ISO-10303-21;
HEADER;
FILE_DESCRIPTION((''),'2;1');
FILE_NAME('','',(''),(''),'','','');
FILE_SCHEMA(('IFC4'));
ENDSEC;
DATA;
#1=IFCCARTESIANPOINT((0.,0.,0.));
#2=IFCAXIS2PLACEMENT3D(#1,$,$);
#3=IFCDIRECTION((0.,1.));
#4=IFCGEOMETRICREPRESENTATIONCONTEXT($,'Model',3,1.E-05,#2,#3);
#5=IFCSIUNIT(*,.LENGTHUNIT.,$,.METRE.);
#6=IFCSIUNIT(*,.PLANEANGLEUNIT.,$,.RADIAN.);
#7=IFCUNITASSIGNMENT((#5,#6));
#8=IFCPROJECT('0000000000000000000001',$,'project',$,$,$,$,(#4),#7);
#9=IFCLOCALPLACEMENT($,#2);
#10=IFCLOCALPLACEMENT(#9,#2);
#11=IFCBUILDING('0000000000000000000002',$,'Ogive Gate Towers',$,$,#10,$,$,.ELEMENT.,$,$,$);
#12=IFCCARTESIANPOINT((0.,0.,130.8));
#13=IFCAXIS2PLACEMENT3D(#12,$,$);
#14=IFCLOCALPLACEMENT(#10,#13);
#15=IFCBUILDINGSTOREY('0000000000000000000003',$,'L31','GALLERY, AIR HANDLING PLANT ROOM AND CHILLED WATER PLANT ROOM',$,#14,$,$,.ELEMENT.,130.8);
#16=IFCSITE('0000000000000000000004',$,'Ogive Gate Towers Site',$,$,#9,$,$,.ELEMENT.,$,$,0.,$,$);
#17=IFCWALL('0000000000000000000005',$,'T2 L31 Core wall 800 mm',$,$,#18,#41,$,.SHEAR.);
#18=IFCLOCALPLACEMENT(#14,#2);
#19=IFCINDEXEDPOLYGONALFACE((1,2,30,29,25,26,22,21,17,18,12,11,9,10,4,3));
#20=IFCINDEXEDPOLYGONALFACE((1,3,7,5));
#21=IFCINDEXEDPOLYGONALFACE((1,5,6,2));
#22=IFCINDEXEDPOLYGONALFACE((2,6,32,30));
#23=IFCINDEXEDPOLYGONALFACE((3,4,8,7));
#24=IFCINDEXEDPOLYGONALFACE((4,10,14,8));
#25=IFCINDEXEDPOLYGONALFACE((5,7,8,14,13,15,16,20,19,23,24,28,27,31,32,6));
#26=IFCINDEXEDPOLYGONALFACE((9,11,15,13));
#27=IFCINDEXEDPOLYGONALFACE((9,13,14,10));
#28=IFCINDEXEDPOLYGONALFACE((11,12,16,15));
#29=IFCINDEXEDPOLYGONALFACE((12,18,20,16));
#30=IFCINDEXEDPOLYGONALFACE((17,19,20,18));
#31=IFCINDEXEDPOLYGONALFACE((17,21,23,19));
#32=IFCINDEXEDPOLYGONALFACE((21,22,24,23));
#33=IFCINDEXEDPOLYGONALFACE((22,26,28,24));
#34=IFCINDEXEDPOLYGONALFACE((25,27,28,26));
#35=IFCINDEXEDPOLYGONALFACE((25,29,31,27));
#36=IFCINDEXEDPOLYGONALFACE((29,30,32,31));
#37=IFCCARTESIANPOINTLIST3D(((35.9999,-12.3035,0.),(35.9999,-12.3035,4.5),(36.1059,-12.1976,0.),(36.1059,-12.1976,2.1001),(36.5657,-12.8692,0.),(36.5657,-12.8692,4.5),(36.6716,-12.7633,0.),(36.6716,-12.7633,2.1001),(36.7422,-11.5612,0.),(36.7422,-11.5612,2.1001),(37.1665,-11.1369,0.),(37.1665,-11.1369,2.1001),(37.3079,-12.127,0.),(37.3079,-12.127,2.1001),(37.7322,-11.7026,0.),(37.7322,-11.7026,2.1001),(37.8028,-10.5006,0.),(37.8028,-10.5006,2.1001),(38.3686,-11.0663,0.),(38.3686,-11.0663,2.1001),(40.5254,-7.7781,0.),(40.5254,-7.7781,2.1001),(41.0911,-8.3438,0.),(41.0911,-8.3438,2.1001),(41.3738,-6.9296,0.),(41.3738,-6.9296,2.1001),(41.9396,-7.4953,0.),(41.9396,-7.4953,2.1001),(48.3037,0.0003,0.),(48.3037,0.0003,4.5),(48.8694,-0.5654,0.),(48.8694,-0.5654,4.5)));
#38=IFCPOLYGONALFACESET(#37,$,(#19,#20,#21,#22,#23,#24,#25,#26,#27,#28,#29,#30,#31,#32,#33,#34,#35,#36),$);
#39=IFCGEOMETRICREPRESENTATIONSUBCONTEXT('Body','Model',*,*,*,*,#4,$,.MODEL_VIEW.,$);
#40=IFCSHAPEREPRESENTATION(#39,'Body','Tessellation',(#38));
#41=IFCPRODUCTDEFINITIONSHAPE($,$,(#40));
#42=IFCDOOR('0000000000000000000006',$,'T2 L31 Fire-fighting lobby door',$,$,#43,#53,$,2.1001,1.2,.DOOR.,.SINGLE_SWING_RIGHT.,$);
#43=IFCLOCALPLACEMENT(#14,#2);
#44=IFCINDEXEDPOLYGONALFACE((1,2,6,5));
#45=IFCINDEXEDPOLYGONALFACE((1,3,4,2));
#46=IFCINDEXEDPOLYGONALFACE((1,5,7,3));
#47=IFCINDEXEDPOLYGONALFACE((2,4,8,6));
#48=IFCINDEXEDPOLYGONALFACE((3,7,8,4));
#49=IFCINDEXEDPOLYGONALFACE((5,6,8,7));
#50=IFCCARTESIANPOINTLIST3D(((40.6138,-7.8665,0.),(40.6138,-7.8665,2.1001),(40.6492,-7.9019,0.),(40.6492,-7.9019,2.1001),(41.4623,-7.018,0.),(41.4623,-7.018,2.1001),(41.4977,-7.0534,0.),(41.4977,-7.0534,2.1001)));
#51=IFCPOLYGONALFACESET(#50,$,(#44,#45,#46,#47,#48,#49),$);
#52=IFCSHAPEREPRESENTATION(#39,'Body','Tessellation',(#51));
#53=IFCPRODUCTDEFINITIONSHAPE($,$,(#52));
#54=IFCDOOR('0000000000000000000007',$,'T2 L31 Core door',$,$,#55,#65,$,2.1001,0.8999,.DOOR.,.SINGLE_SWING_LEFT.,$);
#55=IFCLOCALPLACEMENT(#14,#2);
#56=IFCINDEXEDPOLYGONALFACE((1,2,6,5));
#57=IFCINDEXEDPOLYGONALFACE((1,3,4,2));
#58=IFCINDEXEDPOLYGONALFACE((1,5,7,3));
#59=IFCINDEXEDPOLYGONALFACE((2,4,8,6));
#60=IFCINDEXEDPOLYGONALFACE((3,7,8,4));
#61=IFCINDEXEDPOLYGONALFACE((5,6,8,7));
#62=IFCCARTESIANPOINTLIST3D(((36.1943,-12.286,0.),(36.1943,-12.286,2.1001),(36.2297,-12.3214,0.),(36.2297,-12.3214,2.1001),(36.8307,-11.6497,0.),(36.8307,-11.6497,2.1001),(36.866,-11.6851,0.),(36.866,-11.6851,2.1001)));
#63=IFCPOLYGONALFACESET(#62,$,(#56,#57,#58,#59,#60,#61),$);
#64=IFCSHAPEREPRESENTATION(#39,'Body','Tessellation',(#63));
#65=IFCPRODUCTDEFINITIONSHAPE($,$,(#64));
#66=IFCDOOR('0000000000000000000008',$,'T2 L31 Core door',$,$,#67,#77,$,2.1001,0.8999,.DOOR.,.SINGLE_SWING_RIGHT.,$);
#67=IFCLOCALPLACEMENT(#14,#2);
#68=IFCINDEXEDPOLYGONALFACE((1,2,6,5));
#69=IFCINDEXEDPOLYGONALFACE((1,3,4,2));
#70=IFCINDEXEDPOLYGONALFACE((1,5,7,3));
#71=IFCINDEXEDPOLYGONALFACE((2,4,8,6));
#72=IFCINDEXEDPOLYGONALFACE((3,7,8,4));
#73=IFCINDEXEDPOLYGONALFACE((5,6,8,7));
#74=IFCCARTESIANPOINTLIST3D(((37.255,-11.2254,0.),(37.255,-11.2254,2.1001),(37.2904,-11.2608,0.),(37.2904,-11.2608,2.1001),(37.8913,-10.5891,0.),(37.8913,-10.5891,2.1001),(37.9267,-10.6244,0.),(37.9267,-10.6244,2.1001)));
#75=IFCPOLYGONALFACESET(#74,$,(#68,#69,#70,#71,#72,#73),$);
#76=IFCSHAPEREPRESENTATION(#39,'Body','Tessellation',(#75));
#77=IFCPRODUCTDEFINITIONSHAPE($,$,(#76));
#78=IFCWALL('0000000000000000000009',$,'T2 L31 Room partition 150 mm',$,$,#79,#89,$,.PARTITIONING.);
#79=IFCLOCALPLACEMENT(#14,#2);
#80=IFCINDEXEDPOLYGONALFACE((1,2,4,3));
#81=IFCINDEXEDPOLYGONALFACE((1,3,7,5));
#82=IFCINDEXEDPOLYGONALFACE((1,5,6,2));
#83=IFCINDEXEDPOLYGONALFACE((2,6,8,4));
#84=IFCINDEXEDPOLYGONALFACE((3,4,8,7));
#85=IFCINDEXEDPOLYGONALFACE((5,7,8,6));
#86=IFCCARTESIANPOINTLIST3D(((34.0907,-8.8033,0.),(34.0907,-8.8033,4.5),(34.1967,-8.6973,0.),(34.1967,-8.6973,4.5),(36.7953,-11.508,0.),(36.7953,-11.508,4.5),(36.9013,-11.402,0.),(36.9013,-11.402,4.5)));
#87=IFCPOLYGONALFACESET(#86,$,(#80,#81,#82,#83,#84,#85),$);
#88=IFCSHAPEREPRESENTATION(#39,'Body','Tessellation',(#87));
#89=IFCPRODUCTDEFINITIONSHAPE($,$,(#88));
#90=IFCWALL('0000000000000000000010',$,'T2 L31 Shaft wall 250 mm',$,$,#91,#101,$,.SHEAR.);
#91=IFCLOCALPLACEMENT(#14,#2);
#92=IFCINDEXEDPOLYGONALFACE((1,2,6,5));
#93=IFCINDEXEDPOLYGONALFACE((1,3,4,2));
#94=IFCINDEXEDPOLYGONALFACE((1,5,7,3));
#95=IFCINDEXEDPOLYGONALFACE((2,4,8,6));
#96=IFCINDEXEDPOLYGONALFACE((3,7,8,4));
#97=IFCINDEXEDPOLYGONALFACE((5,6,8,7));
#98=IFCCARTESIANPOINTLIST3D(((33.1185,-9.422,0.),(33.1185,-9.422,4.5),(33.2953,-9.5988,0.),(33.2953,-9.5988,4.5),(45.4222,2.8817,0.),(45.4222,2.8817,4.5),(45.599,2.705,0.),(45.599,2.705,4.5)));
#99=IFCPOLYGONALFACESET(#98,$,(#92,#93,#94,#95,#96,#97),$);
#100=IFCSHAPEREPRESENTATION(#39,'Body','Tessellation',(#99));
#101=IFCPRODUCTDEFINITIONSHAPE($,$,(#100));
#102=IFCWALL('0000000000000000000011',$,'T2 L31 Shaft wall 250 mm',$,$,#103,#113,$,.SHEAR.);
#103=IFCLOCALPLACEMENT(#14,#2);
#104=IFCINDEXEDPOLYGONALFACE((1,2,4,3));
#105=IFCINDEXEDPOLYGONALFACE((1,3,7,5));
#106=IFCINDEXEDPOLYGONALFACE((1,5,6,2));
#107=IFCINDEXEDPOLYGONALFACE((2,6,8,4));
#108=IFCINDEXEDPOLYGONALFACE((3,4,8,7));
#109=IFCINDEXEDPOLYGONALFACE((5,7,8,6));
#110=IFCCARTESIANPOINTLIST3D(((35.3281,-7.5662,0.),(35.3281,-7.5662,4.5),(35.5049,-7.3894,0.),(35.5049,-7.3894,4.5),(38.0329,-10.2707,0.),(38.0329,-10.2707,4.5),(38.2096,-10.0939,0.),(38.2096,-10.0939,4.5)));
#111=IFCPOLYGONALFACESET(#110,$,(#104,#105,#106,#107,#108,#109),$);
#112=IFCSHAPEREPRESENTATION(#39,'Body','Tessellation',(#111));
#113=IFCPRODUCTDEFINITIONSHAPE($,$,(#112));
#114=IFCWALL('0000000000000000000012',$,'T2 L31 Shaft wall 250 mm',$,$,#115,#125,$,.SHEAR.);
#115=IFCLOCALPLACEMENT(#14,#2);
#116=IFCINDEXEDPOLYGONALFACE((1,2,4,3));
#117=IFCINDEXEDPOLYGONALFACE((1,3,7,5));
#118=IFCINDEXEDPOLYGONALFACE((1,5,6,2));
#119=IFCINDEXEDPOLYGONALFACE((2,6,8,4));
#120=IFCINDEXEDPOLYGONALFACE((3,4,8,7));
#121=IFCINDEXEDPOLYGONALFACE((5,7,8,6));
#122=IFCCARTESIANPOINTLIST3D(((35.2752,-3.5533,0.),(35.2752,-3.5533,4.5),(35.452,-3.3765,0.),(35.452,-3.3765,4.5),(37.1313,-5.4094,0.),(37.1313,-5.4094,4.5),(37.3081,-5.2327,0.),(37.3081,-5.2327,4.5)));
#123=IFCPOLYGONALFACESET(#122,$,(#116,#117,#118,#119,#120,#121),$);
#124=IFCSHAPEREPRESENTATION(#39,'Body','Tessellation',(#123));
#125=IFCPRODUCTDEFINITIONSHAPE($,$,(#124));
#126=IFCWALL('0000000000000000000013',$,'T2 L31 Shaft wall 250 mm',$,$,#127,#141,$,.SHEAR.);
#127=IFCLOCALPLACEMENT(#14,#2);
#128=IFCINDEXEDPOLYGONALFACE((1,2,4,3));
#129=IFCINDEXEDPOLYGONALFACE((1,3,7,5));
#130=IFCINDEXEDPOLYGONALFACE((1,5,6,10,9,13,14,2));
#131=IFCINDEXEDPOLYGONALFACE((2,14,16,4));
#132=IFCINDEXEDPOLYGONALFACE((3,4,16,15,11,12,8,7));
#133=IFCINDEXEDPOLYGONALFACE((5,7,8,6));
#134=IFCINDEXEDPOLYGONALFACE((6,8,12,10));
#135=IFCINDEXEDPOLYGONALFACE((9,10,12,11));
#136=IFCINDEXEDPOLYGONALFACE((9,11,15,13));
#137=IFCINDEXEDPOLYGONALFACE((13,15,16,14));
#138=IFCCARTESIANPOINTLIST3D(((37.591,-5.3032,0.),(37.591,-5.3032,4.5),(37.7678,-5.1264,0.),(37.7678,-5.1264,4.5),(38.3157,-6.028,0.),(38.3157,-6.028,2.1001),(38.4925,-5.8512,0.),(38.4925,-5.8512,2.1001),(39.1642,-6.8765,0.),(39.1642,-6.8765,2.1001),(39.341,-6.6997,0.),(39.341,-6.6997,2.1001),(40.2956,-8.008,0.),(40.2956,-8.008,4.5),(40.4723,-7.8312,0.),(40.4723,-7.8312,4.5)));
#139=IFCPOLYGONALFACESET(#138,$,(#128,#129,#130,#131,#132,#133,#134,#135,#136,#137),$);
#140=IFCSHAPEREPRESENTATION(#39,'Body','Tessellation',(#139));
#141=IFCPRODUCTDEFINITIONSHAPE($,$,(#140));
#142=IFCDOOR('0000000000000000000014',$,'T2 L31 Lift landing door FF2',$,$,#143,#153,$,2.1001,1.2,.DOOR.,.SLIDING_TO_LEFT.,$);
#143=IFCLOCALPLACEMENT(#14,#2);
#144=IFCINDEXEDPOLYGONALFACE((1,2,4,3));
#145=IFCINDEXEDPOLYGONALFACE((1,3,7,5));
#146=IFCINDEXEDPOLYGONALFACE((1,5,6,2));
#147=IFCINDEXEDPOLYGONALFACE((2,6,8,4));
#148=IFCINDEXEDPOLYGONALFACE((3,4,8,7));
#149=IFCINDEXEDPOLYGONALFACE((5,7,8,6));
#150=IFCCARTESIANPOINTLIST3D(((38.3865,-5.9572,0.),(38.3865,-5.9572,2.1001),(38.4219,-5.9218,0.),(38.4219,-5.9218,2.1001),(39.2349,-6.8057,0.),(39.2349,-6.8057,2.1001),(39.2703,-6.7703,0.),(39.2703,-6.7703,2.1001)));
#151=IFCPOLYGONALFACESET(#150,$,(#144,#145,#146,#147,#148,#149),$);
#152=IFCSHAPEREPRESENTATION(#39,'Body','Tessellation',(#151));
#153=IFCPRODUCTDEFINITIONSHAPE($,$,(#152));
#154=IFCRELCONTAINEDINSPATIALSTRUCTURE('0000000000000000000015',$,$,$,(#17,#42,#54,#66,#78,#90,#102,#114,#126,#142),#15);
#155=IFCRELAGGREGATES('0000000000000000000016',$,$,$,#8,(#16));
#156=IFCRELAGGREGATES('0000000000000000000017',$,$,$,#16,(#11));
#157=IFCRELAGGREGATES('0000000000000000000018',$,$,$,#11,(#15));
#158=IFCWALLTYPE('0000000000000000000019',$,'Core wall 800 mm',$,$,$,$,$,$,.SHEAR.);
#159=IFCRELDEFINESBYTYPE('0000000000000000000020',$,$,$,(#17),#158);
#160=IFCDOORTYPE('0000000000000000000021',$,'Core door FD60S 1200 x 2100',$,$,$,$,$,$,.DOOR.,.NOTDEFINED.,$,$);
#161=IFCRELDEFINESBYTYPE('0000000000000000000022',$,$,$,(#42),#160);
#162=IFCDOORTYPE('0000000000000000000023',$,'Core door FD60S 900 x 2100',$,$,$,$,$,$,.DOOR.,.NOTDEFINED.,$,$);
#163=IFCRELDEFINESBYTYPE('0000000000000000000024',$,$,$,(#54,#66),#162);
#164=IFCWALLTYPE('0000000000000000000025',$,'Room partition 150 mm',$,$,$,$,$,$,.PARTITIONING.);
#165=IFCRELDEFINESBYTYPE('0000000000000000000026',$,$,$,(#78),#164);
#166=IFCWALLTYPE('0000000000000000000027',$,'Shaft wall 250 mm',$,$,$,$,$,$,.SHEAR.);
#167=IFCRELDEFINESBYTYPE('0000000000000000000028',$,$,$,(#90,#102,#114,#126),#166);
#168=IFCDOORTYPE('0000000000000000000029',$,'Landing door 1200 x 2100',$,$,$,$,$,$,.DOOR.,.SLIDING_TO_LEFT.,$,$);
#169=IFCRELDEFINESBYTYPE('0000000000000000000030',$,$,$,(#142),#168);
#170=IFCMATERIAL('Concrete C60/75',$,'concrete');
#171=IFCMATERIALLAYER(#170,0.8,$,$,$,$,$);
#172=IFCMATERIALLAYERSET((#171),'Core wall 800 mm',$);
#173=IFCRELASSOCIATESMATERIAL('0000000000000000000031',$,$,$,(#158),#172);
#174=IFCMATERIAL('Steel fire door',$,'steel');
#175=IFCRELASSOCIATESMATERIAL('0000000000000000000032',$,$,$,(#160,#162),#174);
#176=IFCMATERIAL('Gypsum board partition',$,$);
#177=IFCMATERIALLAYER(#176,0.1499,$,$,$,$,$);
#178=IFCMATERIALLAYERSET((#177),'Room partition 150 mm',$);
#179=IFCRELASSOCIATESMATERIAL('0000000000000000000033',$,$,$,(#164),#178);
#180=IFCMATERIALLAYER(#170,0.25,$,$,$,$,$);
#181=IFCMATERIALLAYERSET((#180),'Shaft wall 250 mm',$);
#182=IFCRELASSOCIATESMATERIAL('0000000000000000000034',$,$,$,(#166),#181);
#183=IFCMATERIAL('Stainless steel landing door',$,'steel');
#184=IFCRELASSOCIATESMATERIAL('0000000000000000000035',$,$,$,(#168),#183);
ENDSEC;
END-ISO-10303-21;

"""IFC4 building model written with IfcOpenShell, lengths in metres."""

from ifc_helpers import new_model, si_unit, direction, frame, frame_2d, origin, place, context, subcontext, project, spatial, rectangle, extrude, material, layer, layer_set, type_object, element, fill, save


model = new_model("IFC4")

# Units and contexts
model_context = context("Model", 3, precision=1e-05, world=origin(), true_north=direction((0.0, 1.0)))
body_context = subcontext(model_context, "Body", "Model", "MODEL_VIEW")
ifc_project = project(units=[si_unit("LENGTHUNIT", "METRE"), si_unit("PLANEANGLEUNIT", "RADIAN")], contexts=[model_context])

# Site, building, storey
site_placement = place(None, origin())
site = spatial("IfcSite", under=ifc_project, at=site_placement, Name="Ogive Gate Towers Site", CompositionType="ELEMENT", RefElevation=0.0)
building_placement = place(site_placement, origin())
building = spatial("IfcBuilding", under=site, at=building_placement, Name="Ogive Gate Towers", CompositionType="ELEMENT")
storey_placement = place(building_placement, frame((0.0, 0.0, 130.8)))
storey = spatial("IfcBuildingStorey", under=building, at=storey_placement, Name="L31", Description="GALLERY, AIR HANDLING PLANT ROOM AND CHILLED WATER PLANT ROOM", CompositionType="ELEMENT", Elevation=130.8)

# Wall, openings, doors
ifc_material_1 = material(Name="Concrete C60/75", Category="concrete")
ifc_layer_1 = layer(ifc_material_1, 0.8)
ifc_layer_set_1 = layer_set([ifc_layer_1], Name="Core wall 800 mm")
wall_type_1 = type_object("IfcWallType", Name="Core wall 800 mm", PredefinedType="SHEAR", material=ifc_layer_set_1)
wall_1_placement = place(storey_placement, frame((36.2827, -12.5864, 0.0), z_axis=(0.0, 0.0, 1.0), x_axis=(0.707107, 0.707107, 0.0)))
wall_1 = element("IfcWall", 1, at=wall_1_placement, inside=storey, type_object=wall_type_1, Name="T2 L31 Core wall 800 mm", PredefinedType="SHEAR", context=body_context, shape_type="SweptSolid", body=[
    extrude(rectangle(XDim=17.4001, YDim=0.8, at=frame_2d((8.7002, 0.0))), origin(), (0.0, 0.0, 1.0), 4.5),
])
opening_1_placement = place(wall_1_placement, frame((6.3999, 0.0, 0.0)))
opening_1 = element("IfcOpeningElement", 2, at=opening_1_placement, cuts=wall_1, PredefinedType="OPENING", context=body_context, shape_type="SweptSolid", body=[
    extrude(rectangle(XDim=1.2, YDim=2.1001, at=frame_2d((0.6001, 1.05))), frame((0.0, 0.4102, 0.0), z_axis=(0.0, -1.0, 0.0), x_axis=(1.0, 0.0, 0.0)), (0.0, 0.0, 1.0), 0.8201),
])
opening_2_placement = place(wall_1_placement, frame((0.1499, 0.0, 0.0)))
opening_2 = element("IfcOpeningElement", 3, at=opening_2_placement, cuts=wall_1, PredefinedType="OPENING", context=body_context, shape_type="SweptSolid", body=[
    extrude(rectangle(XDim=0.8999, YDim=2.1001, at=frame_2d((0.45, 1.05))), frame((0.0, 0.4102, 0.0), z_axis=(0.0, -1.0, 0.0), x_axis=(1.0, 0.0, 0.0)), (0.0, 0.0, 1.0), 0.8201),
])
opening_3_placement = place(wall_1_placement, frame((1.6499, 0.0, 0.0)))
opening_3 = element("IfcOpeningElement", 4, at=opening_3_placement, cuts=wall_1, PredefinedType="OPENING", context=body_context, shape_type="SweptSolid", body=[
    extrude(rectangle(XDim=0.8999, YDim=2.1001, at=frame_2d((0.45, 1.05))), frame((0.0, 0.4102, 0.0), z_axis=(0.0, -1.0, 0.0), x_axis=(1.0, 0.0, 0.0)), (0.0, 0.0, 1.0), 0.8201),
])
ifc_material_2 = material(Name="Steel fire door", Category="steel")
door_type_1 = type_object("IfcDoorType", Name="Core door FD60S 1200 x 2100", OperationType="NOTDEFINED", PredefinedType="DOOR", material=ifc_material_2)
door_1_placement = place(opening_1_placement, origin())
door_1 = element("IfcDoor", 5, at=door_1_placement, inside=storey, type_object=door_type_1, Name="T2 L31 Fire-fighting lobby door", OperationType="SINGLE_SWING_RIGHT", OverallHeight=2.1001, OverallWidth=1.2, PredefinedType="DOOR", context=body_context, shape_type="SweptSolid", body=[
    extrude(rectangle(XDim=1.2, YDim=2.1001, at=frame_2d((0.6001, 1.05))), frame((0.0, 0.2749, 0.0), z_axis=(0.0, -1.0, 0.0), x_axis=(1.0, 0.0, 0.0)), (0.0, 0.0, 1.0), 0.05),
])
fill(opening_1, door_1)
door_type_2 = type_object("IfcDoorType", Name="Core door FD60S 900 x 2100", OperationType="NOTDEFINED", PredefinedType="DOOR", material=ifc_material_2)
door_2_placement = place(opening_2_placement, origin())
door_2 = element("IfcDoor", 6, at=door_2_placement, inside=storey, type_object=door_type_2, Name="T2 L31 Core door", OperationType="SINGLE_SWING_LEFT", OverallHeight=2.1001, OverallWidth=0.8999, PredefinedType="DOOR", context=body_context, shape_type="SweptSolid", body=[
    extrude(rectangle(XDim=0.8999, YDim=2.1001, at=frame_2d((0.45, 1.05))), frame((0.0, 0.2749, 0.0), z_axis=(0.0, -1.0, 0.0), x_axis=(1.0, 0.0, 0.0)), (0.0, 0.0, 1.0), 0.05),
])
fill(opening_2, door_2)
door_3_placement = place(opening_3_placement, origin())
door_3 = element("IfcDoor", 7, at=door_3_placement, inside=storey, type_object=door_type_2, Name="T2 L31 Core door", OperationType="SINGLE_SWING_RIGHT", OverallHeight=2.1001, OverallWidth=0.8999, PredefinedType="DOOR", context=body_context, shape_type="SweptSolid", body=[
    extrude(rectangle(XDim=0.8999, YDim=2.1001, at=frame_2d((0.45, 1.05))), frame((0.0, 0.2749, 0.0), z_axis=(0.0, -1.0, 0.0), x_axis=(1.0, 0.0, 0.0)), (0.0, 0.0, 1.0), 0.05),
])
fill(opening_3, door_3)

# Walls
ifc_material_3 = material(Name="Gypsum board partition")
ifc_layer_2 = layer(ifc_material_3, 0.1499)
ifc_layer_set_2 = layer_set([ifc_layer_2], Name="Room partition 150 mm")
wall_type_2 = type_object("IfcWallType", Name="Room partition 150 mm", PredefinedType="PARTITIONING", material=ifc_layer_set_2)
wall_2_placement = place(storey_placement, frame((36.8484, -11.4551, 0.0), z_axis=(0.0, 0.0, 1.0), x_axis=(-0.707107, 0.707107, 0.0)))
element("IfcWall", 8, at=wall_2_placement, inside=storey, type_object=wall_type_2, Name="T2 L31 Room partition 150 mm", PredefinedType="PARTITIONING", context=body_context, shape_type="SweptSolid", body=[
    extrude(rectangle(XDim=3.825, YDim=0.1499, at=frame_2d((1.9126, 0.0))), origin(), (0.0, 0.0, 1.0), 4.5),
])
ifc_layer_3 = layer(ifc_material_1, 0.25)
ifc_layer_set_3 = layer_set([ifc_layer_3], Name="Shaft wall 250 mm")
wall_type_3 = type_object("IfcWallType", Name="Shaft wall 250 mm", PredefinedType="SHEAR", material=ifc_layer_set_3)
wall_3_placement = place(storey_placement, frame((33.2068, -9.5105, 0.0), z_axis=(0.0, 0.0, 1.0), x_axis=(0.707107, 0.707107, 0.0)))
element("IfcWall", 9, at=wall_3_placement, inside=storey, type_object=wall_type_3, Name="T2 L31 Shaft wall 250 mm", PredefinedType="SHEAR", context=body_context, shape_type="SweptSolid", body=[
    extrude(rectangle(XDim=17.4001, YDim=0.25, at=frame_2d((8.7002, 0.0))), origin(), (0.0, 0.0, 1.0), 4.5),
])
wall_4_placement = place(storey_placement, frame((38.1213, -10.1824, 0.0), z_axis=(0.0, 0.0, 1.0), x_axis=(-0.707139, 0.707075, 0.0)))
element("IfcWall", 10, at=wall_4_placement, inside=storey, type_object=wall_type_3, Name="T2 L31 Shaft wall 250 mm", PredefinedType="SHEAR", context=body_context, shape_type="SweptSolid", body=[
    extrude(rectangle(XDim=3.825, YDim=0.25, at=frame_2d((1.9126, 0.0))), origin(), (0.0, 0.0, 1.0), 4.5),
])
wall_5_placement = place(storey_placement, frame((37.2197, -5.321, 0.0), z_axis=(0.0, 0.0, 1.0), x_axis=(-0.707107, 0.707107, 0.0)))
element("IfcWall", 11, at=wall_5_placement, inside=storey, type_object=wall_type_3, Name="T2 L31 Shaft wall 250 mm", PredefinedType="SHEAR", context=body_context, shape_type="SweptSolid", body=[
    extrude(rectangle(XDim=2.625, YDim=0.25, at=frame_2d((1.3125, 0.0))), origin(), (0.0, 0.0, 1.0), 4.5),
])

# Wall, opening, door
wall_6_placement = place(storey_placement, frame((40.384, -7.9197, 0.0), z_axis=(0.0, 0.0, 1.0), x_axis=(-0.707075, 0.707139, 0.0)))
wall_6 = element("IfcWall", 12, at=wall_6_placement, inside=storey, type_object=wall_type_3, Name="T2 L31 Shaft wall 250 mm", PredefinedType="SHEAR", context=body_context, shape_type="SweptSolid", body=[
    extrude(rectangle(XDim=3.825, YDim=0.25, at=frame_2d((1.9126, 0.0))), origin(), (0.0, 0.0, 1.0), 4.5),
])
opening_4_placement = place(wall_6_placement, frame((1.6001, 0.0, 0.0)))
opening_4 = element("IfcOpeningElement", 13, at=opening_4_placement, cuts=wall_6, PredefinedType="OPENING", context=body_context, shape_type="SweptSolid", body=[
    extrude(rectangle(XDim=1.2, YDim=2.1001, at=frame_2d((0.6001, 1.05))), frame((0.0, 0.135, 0.0), z_axis=(0.0, -1.0, 0.0), x_axis=(1.0, 0.0, 0.0)), (0.0, 0.0, 1.0), 0.27),
])
ifc_material_4 = material(Name="Stainless steel landing door", Category="steel")
door_type_3 = type_object("IfcDoorType", Name="Landing door 1200 x 2100", OperationType="SLIDING_TO_LEFT", PredefinedType="DOOR", material=ifc_material_4)
door_4_placement = place(opening_4_placement, origin())
door_4 = element("IfcDoor", 14, at=door_4_placement, inside=storey, type_object=door_type_3, Name="T2 L31 Lift landing door FF2", OperationType="SLIDING_TO_LEFT", OverallHeight=2.1001, OverallWidth=1.2, PredefinedType="DOOR", context=body_context, shape_type="SweptSolid", body=[
    extrude(rectangle(XDim=1.2, YDim=2.1001, at=frame_2d((0.6001, 1.05))), frame((0.0, 0.0249, 0.0), z_axis=(0.0, -1.0, 0.0), x_axis=(1.0, 0.0, 0.0)), (0.0, 0.0, 1.0), 0.05),
])
fill(opening_4, door_4)

save(model, "model.ifc")
